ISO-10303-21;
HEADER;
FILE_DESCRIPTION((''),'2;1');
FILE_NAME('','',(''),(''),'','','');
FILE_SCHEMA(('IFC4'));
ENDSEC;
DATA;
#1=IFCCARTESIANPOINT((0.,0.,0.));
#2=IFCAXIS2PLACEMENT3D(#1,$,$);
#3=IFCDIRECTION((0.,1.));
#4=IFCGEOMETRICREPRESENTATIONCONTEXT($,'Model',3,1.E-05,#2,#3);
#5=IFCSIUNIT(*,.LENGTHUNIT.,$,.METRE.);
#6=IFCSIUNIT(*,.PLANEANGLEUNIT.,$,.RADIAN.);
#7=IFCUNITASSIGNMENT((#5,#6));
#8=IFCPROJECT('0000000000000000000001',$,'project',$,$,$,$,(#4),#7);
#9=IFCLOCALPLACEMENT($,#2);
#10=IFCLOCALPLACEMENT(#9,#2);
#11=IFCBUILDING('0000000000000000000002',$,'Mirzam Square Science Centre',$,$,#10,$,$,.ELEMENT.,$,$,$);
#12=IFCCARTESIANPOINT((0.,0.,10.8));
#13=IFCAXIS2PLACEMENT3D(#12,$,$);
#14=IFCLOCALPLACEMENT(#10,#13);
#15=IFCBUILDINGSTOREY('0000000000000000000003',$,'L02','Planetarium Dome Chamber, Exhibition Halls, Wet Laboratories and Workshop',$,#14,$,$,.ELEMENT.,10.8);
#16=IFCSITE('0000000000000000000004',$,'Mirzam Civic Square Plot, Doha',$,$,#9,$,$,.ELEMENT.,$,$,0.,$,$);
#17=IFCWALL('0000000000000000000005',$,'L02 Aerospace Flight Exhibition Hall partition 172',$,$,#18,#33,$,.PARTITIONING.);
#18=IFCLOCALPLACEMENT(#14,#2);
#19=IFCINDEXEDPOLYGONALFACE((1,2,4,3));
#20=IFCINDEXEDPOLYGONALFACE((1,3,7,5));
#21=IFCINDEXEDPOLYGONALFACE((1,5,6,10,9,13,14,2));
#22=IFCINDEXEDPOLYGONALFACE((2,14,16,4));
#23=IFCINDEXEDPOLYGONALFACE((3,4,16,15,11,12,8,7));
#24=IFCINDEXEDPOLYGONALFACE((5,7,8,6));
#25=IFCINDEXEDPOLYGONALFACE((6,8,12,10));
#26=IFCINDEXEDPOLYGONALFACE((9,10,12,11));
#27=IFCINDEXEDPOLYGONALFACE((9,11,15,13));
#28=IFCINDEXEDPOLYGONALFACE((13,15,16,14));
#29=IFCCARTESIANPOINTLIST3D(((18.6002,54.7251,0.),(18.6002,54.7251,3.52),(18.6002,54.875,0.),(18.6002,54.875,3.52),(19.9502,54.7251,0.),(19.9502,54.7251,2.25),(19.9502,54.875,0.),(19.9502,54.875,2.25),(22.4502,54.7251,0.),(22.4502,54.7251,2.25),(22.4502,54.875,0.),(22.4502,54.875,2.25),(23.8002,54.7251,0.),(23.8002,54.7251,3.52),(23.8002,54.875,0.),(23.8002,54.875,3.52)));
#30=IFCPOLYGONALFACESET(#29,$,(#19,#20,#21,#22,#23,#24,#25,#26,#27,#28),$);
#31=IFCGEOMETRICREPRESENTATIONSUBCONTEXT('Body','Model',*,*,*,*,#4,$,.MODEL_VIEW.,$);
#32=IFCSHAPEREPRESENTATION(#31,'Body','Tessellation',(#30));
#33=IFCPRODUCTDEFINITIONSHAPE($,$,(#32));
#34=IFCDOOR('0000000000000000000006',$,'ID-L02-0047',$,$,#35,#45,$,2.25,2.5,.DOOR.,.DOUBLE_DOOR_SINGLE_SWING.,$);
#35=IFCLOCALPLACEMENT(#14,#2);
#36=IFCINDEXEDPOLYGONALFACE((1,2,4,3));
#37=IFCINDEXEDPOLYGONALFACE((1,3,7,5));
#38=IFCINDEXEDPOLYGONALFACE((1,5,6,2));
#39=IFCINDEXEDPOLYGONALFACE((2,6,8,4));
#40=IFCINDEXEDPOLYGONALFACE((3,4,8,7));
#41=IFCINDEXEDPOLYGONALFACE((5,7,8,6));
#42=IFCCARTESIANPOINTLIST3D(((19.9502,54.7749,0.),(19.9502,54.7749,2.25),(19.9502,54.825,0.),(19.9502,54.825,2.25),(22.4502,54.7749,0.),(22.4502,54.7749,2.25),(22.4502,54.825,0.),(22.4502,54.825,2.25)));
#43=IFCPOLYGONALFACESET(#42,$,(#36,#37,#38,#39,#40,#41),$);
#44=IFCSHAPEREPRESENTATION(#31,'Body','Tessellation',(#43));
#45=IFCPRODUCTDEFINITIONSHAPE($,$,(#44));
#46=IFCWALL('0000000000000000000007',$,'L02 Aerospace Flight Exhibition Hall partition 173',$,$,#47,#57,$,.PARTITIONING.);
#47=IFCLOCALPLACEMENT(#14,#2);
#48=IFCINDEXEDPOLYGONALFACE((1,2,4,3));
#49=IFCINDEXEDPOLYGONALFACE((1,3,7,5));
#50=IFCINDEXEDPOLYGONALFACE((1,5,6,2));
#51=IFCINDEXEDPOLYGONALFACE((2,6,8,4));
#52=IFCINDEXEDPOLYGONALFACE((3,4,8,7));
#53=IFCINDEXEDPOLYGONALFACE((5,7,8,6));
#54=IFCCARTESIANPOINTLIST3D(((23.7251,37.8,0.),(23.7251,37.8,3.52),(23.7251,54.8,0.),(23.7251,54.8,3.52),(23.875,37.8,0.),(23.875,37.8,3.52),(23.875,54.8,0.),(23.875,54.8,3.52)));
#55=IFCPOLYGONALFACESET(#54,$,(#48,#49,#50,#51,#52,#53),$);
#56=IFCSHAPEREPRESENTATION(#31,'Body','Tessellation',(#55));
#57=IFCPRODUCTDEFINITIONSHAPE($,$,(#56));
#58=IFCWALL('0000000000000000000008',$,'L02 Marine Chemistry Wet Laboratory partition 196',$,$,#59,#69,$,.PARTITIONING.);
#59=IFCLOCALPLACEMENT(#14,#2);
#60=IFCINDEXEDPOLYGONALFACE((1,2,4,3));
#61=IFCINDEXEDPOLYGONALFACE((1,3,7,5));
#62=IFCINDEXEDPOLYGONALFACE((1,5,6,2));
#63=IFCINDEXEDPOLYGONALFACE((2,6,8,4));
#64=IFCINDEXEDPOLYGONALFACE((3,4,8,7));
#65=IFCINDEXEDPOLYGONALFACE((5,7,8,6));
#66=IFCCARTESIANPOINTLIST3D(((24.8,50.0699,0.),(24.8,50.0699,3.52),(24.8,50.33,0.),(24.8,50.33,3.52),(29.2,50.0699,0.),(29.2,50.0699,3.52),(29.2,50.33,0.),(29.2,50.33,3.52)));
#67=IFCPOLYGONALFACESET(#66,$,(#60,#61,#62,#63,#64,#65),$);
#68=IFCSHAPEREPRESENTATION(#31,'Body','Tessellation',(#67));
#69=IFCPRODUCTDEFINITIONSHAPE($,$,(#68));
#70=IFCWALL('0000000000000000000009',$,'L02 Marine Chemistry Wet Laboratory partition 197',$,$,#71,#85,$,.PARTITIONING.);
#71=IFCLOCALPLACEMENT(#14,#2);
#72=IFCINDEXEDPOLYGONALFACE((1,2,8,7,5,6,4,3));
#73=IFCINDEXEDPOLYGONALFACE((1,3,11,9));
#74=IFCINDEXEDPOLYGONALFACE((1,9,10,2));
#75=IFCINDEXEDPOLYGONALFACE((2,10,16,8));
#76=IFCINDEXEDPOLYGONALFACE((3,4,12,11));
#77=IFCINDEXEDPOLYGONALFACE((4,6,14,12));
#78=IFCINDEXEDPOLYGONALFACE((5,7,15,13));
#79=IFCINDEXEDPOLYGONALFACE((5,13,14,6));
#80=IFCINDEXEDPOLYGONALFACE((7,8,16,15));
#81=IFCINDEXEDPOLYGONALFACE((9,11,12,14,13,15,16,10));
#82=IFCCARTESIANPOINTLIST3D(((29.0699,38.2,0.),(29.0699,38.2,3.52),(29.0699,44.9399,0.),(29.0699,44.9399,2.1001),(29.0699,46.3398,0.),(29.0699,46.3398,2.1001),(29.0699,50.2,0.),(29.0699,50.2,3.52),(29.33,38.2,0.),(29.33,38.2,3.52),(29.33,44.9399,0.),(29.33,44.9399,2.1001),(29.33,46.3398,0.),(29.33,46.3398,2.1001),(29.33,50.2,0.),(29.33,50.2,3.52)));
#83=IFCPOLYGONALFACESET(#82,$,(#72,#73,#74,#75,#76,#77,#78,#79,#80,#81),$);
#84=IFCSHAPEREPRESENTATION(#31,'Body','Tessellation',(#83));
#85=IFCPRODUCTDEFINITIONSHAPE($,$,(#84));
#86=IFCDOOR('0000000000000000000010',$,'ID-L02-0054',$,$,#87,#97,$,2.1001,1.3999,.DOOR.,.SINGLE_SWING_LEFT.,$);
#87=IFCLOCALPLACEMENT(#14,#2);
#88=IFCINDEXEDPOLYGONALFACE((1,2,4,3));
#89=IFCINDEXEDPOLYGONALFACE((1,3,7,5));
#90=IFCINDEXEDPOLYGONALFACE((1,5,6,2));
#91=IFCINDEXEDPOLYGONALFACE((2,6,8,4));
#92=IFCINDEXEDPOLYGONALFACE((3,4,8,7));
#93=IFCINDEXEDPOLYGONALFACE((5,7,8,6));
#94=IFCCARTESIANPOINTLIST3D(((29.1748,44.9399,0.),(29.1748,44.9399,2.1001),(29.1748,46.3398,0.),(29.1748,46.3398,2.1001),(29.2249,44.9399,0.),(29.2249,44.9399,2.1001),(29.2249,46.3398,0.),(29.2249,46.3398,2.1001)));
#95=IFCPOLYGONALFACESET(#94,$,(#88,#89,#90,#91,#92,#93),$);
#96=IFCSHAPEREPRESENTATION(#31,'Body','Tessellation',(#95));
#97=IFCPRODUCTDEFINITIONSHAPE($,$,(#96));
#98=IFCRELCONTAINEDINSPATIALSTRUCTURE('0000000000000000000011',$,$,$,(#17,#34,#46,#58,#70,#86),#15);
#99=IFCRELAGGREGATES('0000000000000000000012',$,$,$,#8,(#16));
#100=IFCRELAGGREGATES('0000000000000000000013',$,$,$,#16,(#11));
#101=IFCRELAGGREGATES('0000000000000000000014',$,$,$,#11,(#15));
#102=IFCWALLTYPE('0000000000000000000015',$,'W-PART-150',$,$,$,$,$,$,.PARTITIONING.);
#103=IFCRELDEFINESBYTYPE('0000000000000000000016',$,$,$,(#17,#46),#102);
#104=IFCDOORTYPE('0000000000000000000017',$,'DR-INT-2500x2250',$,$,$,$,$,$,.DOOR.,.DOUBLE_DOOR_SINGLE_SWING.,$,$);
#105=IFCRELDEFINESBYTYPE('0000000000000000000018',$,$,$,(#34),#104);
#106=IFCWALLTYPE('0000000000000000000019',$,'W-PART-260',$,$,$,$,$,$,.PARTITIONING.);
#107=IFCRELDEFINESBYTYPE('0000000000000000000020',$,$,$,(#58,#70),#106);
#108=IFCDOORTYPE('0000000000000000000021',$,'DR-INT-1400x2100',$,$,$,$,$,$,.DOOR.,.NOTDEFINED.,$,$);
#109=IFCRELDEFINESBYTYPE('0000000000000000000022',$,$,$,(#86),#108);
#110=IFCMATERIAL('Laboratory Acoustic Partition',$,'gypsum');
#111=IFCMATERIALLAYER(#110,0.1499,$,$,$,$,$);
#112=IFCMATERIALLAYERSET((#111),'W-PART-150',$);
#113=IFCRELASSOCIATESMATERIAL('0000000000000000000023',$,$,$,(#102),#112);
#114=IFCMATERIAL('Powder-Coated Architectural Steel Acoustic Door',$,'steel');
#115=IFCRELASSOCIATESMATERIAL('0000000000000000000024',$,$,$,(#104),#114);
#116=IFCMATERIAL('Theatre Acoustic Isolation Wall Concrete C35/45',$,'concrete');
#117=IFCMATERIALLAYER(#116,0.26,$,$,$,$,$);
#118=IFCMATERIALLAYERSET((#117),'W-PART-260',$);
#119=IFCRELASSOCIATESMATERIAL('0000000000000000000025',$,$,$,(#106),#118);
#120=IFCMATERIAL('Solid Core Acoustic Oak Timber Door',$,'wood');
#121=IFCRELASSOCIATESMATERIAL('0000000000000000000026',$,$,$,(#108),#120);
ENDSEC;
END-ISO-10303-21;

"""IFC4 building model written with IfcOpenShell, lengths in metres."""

from ifc_helpers import new_model, si_unit, direction, frame, frame_2d, origin, place, context, subcontext, project, spatial, rectangle, extrude, material, layer, layer_set, type_object, element, fill, save


model = new_model("IFC4")

# Units and contexts
model_context = context("Model", 3, precision=1e-05, world=origin(), true_north=direction((0.0, 1.0)))
body_context = subcontext(model_context, "Body", "Model", "MODEL_VIEW")
ifc_project = project(units=[si_unit("LENGTHUNIT", "METRE"), si_unit("PLANEANGLEUNIT", "RADIAN")], contexts=[model_context])

# Site, building, storey
site_placement = place(None, origin())
site = spatial("IfcSite", under=ifc_project, at=site_placement, Name="Mirzam Civic Square Plot, Doha", CompositionType="ELEMENT", RefElevation=0.0)
building_placement = place(site_placement, origin())
building = spatial("IfcBuilding", under=site, at=building_placement, Name="Mirzam Square Science Centre", CompositionType="ELEMENT")
storey_placement = place(building_placement, frame((0.0, 0.0, 10.8)))
storey = spatial("IfcBuildingStorey", under=building, at=storey_placement, Name="L02", Description="Planetarium Dome Chamber, Exhibition Halls, Wet Laboratories and Workshop", CompositionType="ELEMENT", Elevation=10.8)

# Wall, opening, door
ifc_material_1 = material(Name="Laboratory Acoustic Partition", Category="gypsum")
ifc_layer_1 = layer(ifc_material_1, 0.1499)
ifc_layer_set_1 = layer_set([ifc_layer_1], Name="W-PART-150")
wall_type_1 = type_object("IfcWallType", Name="W-PART-150", PredefinedType="PARTITIONING", material=ifc_layer_set_1)
wall_1_placement = place(storey_placement, frame((18.6001, 54.8, 0.0), z_axis=(0.0, 0.0, 1.0), x_axis=(1.0, 0.0, 0.0)))
wall_1 = element("IfcWall", 1, at=wall_1_placement, inside=storey, type_object=wall_type_1, Name="L02 Aerospace Flight Exhibition Hall partition 172", PredefinedType="PARTITIONING", context=body_context, shape_type="SweptSolid", body=[
    extrude(rectangle(XDim=5.2, YDim=0.1499, at=frame_2d((2.6001, 0.0))), origin(), (0.0, 0.0, 1.0), 3.52),
])
opening_1_placement = place(wall_1_placement, frame((1.3501, 0.0, 0.0)))
opening_1 = element("IfcOpeningElement", 2, at=opening_1_placement, cuts=wall_1, PredefinedType="OPENING", context=body_context, shape_type="SweptSolid", body=[
    extrude(rectangle(XDim=2.5, YDim=2.25, at=frame_2d((1.25, 1.125))), frame((0.0, 0.085, 0.0), z_axis=(0.0, -1.0, 0.0), x_axis=(1.0, 0.0, 0.0)), (0.0, 0.0, 1.0), 0.1699),
])
ifc_material_2 = material(Name="Powder-Coated Architectural Steel Acoustic Door", Category="steel")
door_type_1 = type_object("IfcDoorType", Name="DR-INT-2500x2250", OperationType="DOUBLE_DOOR_SINGLE_SWING", PredefinedType="DOOR", material=ifc_material_2)
door_1_placement = place(opening_1_placement, origin())
door_1 = element("IfcDoor", 3, at=door_1_placement, inside=storey, type_object=door_type_1, Name="ID-L02-0047", OperationType="DOUBLE_DOOR_SINGLE_SWING", OverallHeight=2.25, OverallWidth=2.5, PredefinedType="DOOR", context=body_context, shape_type="SweptSolid", body=[
    extrude(rectangle(XDim=2.5, YDim=2.25, at=frame_2d((1.25, 1.125))), frame((0.0, 0.0249, 0.0), z_axis=(0.0, -1.0, 0.0), x_axis=(1.0, 0.0, 0.0)), (0.0, 0.0, 1.0), 0.05),
])
fill(opening_1, door_1)

# Walls
wall_2_placement = place(storey_placement, frame((23.8, 54.8, 0.0), z_axis=(0.0, 0.0, 1.0), x_axis=(0.0, -1.0, 0.0)))
element("IfcWall", 4, at=wall_2_placement, inside=storey, type_object=wall_type_1, Name="L02 Aerospace Flight Exhibition Hall partition 173", PredefinedType="PARTITIONING", context=body_context, shape_type="SweptSolid", body=[
    extrude(rectangle(XDim=17.0, YDim=0.1499, at=frame_2d((8.5, 0.0))), origin(), (0.0, 0.0, 1.0), 3.52),
])
ifc_material_3 = material(Name="Theatre Acoustic Isolation Wall Concrete C35/45", Category="concrete")
ifc_layer_2 = layer(ifc_material_3, 0.26)
ifc_layer_set_2 = layer_set([ifc_layer_2], Name="W-PART-260")
wall_type_2 = type_object("IfcWallType", Name="W-PART-260", PredefinedType="PARTITIONING", material=ifc_layer_set_2)
wall_3_placement = place(storey_placement, frame((24.8, 50.2, 0.0), z_axis=(0.0, 0.0, 1.0), x_axis=(1.0, 0.0, 0.0)))
element("IfcWall", 5, at=wall_3_placement, inside=storey, type_object=wall_type_2, Name="L02 Marine Chemistry Wet Laboratory partition 196", PredefinedType="PARTITIONING", context=body_context, shape_type="SweptSolid", body=[
    extrude(rectangle(XDim=4.3999, YDim=0.26, at=frame_2d((2.2, 0.0))), origin(), (0.0, 0.0, 1.0), 3.52),
])

# Wall, opening, door
wall_4_placement = place(storey_placement, frame((29.2, 50.2, 0.0), z_axis=(0.0, 0.0, 1.0), x_axis=(0.0, -1.0, 0.0)))
wall_4 = element("IfcWall", 6, at=wall_4_placement, inside=storey, type_object=wall_type_2, Name="L02 Marine Chemistry Wet Laboratory partition 197", PredefinedType="PARTITIONING", context=body_context, shape_type="SweptSolid", body=[
    extrude(rectangle(XDim=12.0, YDim=0.26, at=frame_2d((6.0, 0.0))), origin(), (0.0, 0.0, 1.0), 3.52),
])
opening_2_placement = place(wall_4_placement, frame((3.8601, 0.0, 0.0)))
opening_2 = element("IfcOpeningElement", 7, at=opening_2_placement, cuts=wall_4, PredefinedType="OPENING", context=body_context, shape_type="SweptSolid", body=[
    extrude(rectangle(XDim=1.3999, YDim=2.1001, at=frame_2d((0.7, 1.05))), frame((0.0, 0.1399, 0.0), z_axis=(0.0, -1.0, 0.0), x_axis=(1.0, 0.0, 0.0)), (0.0, 0.0, 1.0), 0.28),
])
ifc_material_4 = material(Name="Solid Core Acoustic Oak Timber Door", Category="wood")
door_type_2 = type_object("IfcDoorType", Name="DR-INT-1400x2100", OperationType="NOTDEFINED", PredefinedType="DOOR", material=ifc_material_4)
door_2_placement = place(opening_2_placement, origin())
door_2 = element("IfcDoor", 8, at=door_2_placement, inside=storey, type_object=door_type_2, Name="ID-L02-0054", OperationType="SINGLE_SWING_LEFT", OverallHeight=2.1001, OverallWidth=1.3999, PredefinedType="DOOR", context=body_context, shape_type="SweptSolid", body=[
    extrude(rectangle(XDim=1.3999, YDim=2.1001, at=frame_2d((0.7, 1.05))), frame((0.0, 0.0249, 0.0), z_axis=(0.0, -1.0, 0.0), x_axis=(1.0, 0.0, 0.0)), (0.0, 0.0, 1.0), 0.05),
])
fill(opening_2, door_2)

save(model, "model.ifc")
